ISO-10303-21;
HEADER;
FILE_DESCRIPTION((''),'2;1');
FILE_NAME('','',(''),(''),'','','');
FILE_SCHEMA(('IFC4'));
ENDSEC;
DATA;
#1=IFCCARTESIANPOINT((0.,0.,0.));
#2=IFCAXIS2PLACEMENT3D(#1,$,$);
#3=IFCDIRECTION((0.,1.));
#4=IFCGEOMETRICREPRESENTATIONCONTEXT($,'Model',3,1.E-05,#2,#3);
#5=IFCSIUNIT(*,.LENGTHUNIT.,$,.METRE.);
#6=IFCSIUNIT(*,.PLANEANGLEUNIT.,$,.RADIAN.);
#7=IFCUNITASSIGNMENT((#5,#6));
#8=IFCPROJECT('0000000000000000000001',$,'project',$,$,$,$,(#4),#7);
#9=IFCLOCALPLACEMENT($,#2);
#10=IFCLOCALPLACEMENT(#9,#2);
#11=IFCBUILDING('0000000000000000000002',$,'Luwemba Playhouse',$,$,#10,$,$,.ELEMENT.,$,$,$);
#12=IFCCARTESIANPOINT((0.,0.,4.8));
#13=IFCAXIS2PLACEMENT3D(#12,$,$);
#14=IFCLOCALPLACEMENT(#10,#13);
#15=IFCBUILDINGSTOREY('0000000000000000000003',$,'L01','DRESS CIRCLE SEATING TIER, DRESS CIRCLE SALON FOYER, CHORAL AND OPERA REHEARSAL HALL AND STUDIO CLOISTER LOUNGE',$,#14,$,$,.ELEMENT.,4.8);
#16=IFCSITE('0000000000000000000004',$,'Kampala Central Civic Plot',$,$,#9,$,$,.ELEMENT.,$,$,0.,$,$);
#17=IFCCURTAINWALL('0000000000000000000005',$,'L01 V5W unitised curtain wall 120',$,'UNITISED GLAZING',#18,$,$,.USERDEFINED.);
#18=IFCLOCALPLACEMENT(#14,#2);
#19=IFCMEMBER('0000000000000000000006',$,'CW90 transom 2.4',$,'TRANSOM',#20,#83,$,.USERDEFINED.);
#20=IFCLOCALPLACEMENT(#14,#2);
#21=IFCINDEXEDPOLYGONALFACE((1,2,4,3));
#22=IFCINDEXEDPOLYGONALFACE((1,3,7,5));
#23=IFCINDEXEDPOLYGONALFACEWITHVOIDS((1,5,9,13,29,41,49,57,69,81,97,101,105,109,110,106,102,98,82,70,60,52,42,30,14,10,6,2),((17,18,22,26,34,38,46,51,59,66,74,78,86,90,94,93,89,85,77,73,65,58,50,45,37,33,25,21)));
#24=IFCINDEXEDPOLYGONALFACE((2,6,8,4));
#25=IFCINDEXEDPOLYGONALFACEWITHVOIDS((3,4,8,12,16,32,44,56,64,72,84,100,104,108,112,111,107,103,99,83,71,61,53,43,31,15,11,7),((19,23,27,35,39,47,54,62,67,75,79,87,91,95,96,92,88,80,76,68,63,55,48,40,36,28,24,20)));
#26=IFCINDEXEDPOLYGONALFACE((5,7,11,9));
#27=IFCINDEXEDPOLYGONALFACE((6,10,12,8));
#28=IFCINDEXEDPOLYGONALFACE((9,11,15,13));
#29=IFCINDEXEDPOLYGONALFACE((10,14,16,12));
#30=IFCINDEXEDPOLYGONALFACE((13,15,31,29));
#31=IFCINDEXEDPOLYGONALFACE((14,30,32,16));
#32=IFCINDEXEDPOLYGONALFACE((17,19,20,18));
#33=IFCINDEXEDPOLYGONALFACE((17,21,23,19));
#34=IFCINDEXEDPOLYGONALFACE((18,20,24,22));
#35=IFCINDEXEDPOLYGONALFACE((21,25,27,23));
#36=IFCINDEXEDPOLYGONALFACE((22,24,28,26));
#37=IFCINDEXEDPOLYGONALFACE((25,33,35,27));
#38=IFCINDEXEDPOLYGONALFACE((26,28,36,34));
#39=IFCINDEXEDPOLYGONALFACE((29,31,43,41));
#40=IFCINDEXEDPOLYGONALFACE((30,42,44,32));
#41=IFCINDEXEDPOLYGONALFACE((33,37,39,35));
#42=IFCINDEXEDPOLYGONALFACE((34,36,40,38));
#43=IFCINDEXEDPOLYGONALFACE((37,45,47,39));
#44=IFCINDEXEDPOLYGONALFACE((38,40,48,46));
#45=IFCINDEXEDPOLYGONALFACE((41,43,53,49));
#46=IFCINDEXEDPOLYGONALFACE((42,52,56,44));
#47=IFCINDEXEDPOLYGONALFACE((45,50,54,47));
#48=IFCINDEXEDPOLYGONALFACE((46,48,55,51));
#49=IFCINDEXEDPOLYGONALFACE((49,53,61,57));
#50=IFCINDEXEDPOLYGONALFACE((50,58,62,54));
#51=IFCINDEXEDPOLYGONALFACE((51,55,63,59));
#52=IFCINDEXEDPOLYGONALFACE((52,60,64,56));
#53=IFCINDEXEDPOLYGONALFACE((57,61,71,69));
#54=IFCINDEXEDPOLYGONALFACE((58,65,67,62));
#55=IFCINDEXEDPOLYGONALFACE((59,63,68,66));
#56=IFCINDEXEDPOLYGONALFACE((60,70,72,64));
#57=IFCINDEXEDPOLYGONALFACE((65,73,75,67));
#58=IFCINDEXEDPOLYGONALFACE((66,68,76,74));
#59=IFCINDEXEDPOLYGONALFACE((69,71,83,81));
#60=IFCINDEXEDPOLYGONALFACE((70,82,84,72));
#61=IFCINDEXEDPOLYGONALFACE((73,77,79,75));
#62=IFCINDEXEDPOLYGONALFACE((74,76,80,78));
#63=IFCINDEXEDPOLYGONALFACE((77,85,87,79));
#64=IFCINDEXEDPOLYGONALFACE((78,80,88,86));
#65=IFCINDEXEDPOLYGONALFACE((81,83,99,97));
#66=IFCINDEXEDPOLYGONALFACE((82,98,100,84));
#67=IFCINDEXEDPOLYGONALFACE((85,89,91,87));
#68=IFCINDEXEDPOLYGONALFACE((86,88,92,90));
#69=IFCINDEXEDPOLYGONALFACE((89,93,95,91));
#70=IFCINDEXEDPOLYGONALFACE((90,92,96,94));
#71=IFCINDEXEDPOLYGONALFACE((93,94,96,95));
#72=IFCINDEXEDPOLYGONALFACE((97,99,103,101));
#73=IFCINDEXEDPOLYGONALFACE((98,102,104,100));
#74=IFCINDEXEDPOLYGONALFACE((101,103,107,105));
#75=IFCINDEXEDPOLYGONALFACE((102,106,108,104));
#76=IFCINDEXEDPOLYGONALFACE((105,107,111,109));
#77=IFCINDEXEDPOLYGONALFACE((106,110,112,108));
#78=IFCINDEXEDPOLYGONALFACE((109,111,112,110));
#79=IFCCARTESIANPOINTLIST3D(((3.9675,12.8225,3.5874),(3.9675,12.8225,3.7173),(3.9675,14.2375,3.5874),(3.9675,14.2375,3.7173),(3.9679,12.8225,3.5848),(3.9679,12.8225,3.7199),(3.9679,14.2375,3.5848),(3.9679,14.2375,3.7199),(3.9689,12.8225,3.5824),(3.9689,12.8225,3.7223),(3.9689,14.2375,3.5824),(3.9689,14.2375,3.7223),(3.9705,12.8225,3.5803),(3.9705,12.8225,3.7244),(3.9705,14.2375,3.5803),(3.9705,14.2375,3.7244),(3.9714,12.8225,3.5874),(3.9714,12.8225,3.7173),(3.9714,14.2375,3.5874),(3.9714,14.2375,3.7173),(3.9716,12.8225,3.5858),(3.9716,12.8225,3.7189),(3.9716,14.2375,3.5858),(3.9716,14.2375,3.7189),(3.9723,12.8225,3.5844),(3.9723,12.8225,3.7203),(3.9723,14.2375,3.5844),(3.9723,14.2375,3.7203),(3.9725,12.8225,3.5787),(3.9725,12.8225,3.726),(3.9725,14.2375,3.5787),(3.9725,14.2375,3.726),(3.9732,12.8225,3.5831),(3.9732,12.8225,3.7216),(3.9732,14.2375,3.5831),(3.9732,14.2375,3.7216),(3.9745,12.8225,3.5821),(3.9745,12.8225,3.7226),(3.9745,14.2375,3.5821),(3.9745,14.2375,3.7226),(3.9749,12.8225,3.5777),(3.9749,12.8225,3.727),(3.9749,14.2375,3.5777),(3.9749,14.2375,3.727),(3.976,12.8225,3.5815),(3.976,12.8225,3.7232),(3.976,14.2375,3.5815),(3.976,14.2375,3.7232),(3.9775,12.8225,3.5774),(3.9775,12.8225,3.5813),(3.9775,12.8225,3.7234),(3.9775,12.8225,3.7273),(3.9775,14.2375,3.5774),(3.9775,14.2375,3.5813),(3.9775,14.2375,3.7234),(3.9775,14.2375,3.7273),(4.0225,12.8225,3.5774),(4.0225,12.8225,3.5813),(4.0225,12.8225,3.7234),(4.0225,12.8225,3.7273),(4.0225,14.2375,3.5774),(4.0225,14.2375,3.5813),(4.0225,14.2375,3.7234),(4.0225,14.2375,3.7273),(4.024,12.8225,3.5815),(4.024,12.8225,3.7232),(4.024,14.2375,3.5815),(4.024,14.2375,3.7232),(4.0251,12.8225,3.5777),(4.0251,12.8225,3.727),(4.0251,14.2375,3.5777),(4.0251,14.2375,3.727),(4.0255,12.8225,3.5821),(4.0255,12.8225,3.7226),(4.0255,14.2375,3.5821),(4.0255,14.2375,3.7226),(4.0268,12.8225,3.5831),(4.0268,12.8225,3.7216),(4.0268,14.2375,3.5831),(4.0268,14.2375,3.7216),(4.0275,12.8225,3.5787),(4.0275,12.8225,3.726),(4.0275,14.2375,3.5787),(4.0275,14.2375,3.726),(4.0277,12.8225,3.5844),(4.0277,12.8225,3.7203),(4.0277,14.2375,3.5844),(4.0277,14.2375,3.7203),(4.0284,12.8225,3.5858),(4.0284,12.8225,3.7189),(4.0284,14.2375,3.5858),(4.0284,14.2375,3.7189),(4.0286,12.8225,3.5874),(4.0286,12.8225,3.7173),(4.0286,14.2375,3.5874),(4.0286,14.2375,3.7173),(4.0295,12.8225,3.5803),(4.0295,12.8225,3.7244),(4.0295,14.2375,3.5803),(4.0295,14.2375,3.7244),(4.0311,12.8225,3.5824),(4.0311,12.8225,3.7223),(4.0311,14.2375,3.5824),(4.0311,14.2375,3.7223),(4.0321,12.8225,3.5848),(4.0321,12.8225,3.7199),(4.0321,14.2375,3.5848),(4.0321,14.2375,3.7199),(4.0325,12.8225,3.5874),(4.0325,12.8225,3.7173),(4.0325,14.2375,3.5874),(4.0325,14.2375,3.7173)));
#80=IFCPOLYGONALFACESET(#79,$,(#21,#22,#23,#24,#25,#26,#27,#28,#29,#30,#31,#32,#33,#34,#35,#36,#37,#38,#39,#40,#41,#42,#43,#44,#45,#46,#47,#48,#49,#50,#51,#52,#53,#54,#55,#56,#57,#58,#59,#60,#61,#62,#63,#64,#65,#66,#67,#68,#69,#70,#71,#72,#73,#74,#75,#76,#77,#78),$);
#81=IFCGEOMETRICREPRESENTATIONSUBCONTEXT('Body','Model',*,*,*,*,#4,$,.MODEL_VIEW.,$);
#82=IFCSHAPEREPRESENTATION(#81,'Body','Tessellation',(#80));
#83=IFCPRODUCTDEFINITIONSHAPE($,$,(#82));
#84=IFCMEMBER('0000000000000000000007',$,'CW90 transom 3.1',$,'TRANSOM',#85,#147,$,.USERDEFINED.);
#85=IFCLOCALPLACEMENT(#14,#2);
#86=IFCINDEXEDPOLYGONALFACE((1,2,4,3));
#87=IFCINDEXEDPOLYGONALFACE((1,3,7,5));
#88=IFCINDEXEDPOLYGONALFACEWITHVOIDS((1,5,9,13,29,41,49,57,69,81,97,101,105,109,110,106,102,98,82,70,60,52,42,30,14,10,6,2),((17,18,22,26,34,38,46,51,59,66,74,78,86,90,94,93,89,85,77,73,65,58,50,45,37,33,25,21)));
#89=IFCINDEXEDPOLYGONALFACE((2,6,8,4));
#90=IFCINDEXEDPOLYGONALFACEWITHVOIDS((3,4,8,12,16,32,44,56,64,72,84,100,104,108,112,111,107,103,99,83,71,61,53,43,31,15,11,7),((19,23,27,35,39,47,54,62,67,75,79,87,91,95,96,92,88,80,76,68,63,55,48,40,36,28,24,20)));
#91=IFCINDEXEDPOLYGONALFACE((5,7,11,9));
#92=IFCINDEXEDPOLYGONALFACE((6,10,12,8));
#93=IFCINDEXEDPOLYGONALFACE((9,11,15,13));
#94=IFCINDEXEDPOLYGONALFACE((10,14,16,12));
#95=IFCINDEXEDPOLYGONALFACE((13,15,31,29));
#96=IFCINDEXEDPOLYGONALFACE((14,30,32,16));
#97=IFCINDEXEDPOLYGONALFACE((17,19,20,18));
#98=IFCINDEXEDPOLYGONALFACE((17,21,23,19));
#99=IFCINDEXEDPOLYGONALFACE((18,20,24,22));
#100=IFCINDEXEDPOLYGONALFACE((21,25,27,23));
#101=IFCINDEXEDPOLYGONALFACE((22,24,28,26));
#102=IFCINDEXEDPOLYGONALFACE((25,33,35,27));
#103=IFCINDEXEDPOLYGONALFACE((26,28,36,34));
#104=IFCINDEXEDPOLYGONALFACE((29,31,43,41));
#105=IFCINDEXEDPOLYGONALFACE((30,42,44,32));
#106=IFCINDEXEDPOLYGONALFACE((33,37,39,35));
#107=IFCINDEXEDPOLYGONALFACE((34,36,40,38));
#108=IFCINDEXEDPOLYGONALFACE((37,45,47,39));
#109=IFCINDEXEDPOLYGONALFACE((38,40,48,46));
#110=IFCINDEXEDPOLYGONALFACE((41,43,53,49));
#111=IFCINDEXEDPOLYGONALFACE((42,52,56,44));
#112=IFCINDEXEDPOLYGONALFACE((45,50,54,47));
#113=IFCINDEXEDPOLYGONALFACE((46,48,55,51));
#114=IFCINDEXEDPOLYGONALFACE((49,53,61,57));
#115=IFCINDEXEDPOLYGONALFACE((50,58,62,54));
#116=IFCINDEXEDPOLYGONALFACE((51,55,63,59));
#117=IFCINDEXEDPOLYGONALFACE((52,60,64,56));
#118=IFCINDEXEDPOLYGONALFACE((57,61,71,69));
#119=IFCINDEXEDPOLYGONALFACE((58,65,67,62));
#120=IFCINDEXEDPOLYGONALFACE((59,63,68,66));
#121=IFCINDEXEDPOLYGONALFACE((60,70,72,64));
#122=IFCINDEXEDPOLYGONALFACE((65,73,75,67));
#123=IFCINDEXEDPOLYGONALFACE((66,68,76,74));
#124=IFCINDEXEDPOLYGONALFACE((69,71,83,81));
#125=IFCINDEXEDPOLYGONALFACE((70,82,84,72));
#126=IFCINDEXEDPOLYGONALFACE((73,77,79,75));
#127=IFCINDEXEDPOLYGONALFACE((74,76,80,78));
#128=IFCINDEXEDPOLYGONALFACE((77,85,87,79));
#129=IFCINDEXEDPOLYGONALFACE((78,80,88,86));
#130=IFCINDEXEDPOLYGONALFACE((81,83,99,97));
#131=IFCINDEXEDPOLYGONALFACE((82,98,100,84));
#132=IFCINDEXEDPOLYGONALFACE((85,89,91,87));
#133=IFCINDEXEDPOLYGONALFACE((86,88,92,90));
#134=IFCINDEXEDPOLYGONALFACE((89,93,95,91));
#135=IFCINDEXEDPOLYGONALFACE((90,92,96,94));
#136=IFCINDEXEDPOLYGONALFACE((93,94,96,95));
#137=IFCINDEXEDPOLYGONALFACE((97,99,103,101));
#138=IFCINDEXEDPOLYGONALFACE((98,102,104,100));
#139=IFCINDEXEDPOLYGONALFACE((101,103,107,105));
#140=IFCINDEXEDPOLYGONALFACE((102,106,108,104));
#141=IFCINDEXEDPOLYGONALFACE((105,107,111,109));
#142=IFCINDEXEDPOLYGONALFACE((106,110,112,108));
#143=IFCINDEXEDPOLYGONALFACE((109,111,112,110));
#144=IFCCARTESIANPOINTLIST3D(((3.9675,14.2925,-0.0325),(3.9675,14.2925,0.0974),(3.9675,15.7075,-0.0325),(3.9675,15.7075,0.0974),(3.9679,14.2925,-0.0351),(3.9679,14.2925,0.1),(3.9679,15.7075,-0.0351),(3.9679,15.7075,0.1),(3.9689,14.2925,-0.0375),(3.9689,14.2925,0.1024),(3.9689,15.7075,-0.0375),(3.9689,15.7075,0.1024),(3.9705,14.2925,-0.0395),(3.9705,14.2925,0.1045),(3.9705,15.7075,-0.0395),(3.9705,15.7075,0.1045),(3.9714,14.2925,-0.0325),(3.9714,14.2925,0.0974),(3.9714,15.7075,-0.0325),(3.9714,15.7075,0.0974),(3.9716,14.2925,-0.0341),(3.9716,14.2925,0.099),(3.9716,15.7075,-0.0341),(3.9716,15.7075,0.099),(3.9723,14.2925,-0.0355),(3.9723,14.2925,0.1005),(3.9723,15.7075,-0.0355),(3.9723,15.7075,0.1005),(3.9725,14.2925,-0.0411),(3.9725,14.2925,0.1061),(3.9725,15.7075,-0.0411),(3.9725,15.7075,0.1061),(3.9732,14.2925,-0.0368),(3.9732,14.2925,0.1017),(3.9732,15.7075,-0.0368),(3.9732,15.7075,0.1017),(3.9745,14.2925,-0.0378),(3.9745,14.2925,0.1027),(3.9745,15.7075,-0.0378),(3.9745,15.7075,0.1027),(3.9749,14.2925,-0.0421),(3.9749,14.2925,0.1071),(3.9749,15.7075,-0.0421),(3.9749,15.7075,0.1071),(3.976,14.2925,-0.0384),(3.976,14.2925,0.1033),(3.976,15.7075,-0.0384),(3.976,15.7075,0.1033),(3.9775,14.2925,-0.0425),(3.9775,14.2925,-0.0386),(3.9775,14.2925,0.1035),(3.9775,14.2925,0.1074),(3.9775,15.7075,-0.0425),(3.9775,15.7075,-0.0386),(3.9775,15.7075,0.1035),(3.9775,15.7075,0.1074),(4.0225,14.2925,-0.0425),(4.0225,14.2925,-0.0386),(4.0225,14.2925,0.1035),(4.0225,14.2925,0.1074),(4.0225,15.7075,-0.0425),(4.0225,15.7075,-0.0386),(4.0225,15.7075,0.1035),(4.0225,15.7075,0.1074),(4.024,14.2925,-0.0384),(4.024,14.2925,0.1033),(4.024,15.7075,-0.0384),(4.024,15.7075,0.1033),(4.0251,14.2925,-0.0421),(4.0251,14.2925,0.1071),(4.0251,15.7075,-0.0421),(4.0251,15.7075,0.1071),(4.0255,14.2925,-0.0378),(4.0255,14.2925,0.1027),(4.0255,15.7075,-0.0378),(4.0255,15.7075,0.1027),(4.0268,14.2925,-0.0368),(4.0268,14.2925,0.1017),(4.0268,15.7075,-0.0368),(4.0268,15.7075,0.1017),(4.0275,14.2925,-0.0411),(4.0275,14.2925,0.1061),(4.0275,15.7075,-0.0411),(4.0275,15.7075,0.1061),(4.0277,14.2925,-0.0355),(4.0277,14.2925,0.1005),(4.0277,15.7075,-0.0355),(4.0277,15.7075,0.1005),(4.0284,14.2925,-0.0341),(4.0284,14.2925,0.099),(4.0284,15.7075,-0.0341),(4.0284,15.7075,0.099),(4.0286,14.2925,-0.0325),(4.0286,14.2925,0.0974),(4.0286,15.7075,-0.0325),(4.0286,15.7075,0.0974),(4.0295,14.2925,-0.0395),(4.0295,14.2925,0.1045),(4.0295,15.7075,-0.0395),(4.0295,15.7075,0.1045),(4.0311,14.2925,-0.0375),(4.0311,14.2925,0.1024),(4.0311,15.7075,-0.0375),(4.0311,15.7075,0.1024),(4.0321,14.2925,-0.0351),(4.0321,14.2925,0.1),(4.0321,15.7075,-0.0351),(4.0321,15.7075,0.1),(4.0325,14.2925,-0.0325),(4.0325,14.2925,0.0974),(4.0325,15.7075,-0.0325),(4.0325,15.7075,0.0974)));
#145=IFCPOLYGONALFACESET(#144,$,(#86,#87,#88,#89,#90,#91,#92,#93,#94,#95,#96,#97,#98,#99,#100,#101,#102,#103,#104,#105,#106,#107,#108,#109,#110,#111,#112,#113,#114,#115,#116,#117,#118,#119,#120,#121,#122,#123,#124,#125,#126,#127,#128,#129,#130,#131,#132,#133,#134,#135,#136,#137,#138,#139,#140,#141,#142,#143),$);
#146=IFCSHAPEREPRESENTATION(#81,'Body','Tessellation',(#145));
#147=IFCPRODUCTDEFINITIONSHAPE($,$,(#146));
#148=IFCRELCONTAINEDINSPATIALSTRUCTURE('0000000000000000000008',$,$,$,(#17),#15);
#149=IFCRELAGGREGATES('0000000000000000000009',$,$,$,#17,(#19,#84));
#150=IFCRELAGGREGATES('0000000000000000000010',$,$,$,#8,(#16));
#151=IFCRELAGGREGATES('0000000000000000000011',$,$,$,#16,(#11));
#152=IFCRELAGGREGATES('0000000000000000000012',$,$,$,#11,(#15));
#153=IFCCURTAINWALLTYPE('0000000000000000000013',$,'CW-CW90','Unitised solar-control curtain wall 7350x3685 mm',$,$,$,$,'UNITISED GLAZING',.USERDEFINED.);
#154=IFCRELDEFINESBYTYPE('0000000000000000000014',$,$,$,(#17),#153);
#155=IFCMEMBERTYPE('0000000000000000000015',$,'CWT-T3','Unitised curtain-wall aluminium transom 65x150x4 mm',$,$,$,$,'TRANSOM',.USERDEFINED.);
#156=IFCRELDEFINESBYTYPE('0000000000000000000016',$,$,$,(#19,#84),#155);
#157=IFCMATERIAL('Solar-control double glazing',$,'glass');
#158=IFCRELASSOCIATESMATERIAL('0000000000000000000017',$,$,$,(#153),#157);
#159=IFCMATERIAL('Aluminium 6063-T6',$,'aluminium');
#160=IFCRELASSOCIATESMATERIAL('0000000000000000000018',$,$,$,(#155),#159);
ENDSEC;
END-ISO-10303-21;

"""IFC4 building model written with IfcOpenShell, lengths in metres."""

from ifc_helpers import new_model, si_unit, direction, frame, origin, origin_2d, place, context, subcontext, project, spatial, hollow_rectangle, extrude, material, material_profile, profile_set, type_object, element, aggregate, save


model = new_model("IFC4")

# Units and contexts
model_context = context("Model", 3, precision=1e-05, world=origin(), true_north=direction((0.0, 1.0)))
body_context = subcontext(model_context, "Body", "Model", "MODEL_VIEW")
ifc_project = project(units=[si_unit("LENGTHUNIT", "METRE"), si_unit("PLANEANGLEUNIT", "RADIAN")], contexts=[model_context])

# Site, building, storey
site_placement = place(None, origin())
site = spatial("IfcSite", under=ifc_project, at=site_placement, Name="Kampala Central Civic Plot", CompositionType="ELEMENT", RefElevation=0.0)
building_placement = place(site_placement, origin())
building = spatial("IfcBuilding", under=site, at=building_placement, Name="Luwemba Playhouse", CompositionType="ELEMENT")
storey_placement = place(building_placement, frame((0.0, 0.0, 4.8)))
storey = spatial("IfcBuildingStorey", under=building, at=storey_placement, Name="L01", Description="DRESS CIRCLE SEATING TIER, DRESS CIRCLE SALON FOYER, CHORAL AND OPERA REHEARSAL HALL AND STUDIO CLOISTER LOUNGE", CompositionType="ELEMENT", Elevation=4.8)

# Curtain wall, members
ifc_material_1 = material(Name="Solar-control double glazing", Category="glass")
curtain_wall_type = type_object("IfcCurtainWallType", Name="CW-CW90", Description="Unitised solar-control curtain wall 7350x3685 mm", ElementType="UNITISED GLAZING", PredefinedType="USERDEFINED", material=ifc_material_1)
curtain_wall_placement = place(storey_placement, origin())
curtain_wall = element("IfcCurtainWall", 1, at=curtain_wall_placement, inside=storey, type_object=curtain_wall_type, Name="L01 V5W unitised curtain wall 120", ObjectType="UNITISED GLAZING", PredefinedType="USERDEFINED")
ifc_material_2 = material(Name="Aluminium 6063-T6", Category="aluminium")
ifc_material_profile_1 = material_profile(ifc_material_2, hollow_rectangle(XDim=0.0649, YDim=0.1499, WallThickness=0.0039, InnerFilletRadius=0.0061, OuterFilletRadius=0.01, at=origin_2d()))
ifc_profile_set_1 = profile_set([ifc_material_profile_1], Name="Aluminium 6063-T6")
member_type_1 = type_object("IfcMemberType", Name="CWT-T3", Description="Unitised curtain-wall aluminium transom 65x150x4 mm", ElementType="TRANSOM", PredefinedType="USERDEFINED", material=ifc_profile_set_1)
member_1_placement = place(storey_placement, frame((4.0, 12.8225, 3.6523), z_axis=(0.0, 1.0, 0.0), x_axis=(-1.0, 0.0, 0.0)))
member_1 = element("IfcMember", 2, at=member_1_placement, type_object=member_type_1, Name="CW90 transom 2.4", ObjectType="TRANSOM", PredefinedType="USERDEFINED", context=body_context, shape_type="SweptSolid", body=[
    extrude(hollow_rectangle(XDim=0.0649, YDim=0.1499, WallThickness=0.0039, InnerFilletRadius=0.0061, OuterFilletRadius=0.01, at=origin_2d()), origin(), (0.0, 0.0, 1.0), 1.415),
])
member_2_placement = place(storey_placement, frame((4.0, 14.2925, 0.0325), z_axis=(0.0, 1.0, 0.0), x_axis=(-1.0, 0.0, 0.0)))
member_2 = element("IfcMember", 3, at=member_2_placement, type_object=member_type_1, Name="CW90 transom 3.1", ObjectType="TRANSOM", PredefinedType="USERDEFINED", context=body_context, shape_type="SweptSolid", body=[
    extrude(hollow_rectangle(XDim=0.0649, YDim=0.1499, WallThickness=0.0039, InnerFilletRadius=0.0061, OuterFilletRadius=0.01, at=origin_2d()), origin(), (0.0, 0.0, 1.0), 1.415),
])
aggregate(curtain_wall, [member_1, member_2])

save(model, "model.ifc")
